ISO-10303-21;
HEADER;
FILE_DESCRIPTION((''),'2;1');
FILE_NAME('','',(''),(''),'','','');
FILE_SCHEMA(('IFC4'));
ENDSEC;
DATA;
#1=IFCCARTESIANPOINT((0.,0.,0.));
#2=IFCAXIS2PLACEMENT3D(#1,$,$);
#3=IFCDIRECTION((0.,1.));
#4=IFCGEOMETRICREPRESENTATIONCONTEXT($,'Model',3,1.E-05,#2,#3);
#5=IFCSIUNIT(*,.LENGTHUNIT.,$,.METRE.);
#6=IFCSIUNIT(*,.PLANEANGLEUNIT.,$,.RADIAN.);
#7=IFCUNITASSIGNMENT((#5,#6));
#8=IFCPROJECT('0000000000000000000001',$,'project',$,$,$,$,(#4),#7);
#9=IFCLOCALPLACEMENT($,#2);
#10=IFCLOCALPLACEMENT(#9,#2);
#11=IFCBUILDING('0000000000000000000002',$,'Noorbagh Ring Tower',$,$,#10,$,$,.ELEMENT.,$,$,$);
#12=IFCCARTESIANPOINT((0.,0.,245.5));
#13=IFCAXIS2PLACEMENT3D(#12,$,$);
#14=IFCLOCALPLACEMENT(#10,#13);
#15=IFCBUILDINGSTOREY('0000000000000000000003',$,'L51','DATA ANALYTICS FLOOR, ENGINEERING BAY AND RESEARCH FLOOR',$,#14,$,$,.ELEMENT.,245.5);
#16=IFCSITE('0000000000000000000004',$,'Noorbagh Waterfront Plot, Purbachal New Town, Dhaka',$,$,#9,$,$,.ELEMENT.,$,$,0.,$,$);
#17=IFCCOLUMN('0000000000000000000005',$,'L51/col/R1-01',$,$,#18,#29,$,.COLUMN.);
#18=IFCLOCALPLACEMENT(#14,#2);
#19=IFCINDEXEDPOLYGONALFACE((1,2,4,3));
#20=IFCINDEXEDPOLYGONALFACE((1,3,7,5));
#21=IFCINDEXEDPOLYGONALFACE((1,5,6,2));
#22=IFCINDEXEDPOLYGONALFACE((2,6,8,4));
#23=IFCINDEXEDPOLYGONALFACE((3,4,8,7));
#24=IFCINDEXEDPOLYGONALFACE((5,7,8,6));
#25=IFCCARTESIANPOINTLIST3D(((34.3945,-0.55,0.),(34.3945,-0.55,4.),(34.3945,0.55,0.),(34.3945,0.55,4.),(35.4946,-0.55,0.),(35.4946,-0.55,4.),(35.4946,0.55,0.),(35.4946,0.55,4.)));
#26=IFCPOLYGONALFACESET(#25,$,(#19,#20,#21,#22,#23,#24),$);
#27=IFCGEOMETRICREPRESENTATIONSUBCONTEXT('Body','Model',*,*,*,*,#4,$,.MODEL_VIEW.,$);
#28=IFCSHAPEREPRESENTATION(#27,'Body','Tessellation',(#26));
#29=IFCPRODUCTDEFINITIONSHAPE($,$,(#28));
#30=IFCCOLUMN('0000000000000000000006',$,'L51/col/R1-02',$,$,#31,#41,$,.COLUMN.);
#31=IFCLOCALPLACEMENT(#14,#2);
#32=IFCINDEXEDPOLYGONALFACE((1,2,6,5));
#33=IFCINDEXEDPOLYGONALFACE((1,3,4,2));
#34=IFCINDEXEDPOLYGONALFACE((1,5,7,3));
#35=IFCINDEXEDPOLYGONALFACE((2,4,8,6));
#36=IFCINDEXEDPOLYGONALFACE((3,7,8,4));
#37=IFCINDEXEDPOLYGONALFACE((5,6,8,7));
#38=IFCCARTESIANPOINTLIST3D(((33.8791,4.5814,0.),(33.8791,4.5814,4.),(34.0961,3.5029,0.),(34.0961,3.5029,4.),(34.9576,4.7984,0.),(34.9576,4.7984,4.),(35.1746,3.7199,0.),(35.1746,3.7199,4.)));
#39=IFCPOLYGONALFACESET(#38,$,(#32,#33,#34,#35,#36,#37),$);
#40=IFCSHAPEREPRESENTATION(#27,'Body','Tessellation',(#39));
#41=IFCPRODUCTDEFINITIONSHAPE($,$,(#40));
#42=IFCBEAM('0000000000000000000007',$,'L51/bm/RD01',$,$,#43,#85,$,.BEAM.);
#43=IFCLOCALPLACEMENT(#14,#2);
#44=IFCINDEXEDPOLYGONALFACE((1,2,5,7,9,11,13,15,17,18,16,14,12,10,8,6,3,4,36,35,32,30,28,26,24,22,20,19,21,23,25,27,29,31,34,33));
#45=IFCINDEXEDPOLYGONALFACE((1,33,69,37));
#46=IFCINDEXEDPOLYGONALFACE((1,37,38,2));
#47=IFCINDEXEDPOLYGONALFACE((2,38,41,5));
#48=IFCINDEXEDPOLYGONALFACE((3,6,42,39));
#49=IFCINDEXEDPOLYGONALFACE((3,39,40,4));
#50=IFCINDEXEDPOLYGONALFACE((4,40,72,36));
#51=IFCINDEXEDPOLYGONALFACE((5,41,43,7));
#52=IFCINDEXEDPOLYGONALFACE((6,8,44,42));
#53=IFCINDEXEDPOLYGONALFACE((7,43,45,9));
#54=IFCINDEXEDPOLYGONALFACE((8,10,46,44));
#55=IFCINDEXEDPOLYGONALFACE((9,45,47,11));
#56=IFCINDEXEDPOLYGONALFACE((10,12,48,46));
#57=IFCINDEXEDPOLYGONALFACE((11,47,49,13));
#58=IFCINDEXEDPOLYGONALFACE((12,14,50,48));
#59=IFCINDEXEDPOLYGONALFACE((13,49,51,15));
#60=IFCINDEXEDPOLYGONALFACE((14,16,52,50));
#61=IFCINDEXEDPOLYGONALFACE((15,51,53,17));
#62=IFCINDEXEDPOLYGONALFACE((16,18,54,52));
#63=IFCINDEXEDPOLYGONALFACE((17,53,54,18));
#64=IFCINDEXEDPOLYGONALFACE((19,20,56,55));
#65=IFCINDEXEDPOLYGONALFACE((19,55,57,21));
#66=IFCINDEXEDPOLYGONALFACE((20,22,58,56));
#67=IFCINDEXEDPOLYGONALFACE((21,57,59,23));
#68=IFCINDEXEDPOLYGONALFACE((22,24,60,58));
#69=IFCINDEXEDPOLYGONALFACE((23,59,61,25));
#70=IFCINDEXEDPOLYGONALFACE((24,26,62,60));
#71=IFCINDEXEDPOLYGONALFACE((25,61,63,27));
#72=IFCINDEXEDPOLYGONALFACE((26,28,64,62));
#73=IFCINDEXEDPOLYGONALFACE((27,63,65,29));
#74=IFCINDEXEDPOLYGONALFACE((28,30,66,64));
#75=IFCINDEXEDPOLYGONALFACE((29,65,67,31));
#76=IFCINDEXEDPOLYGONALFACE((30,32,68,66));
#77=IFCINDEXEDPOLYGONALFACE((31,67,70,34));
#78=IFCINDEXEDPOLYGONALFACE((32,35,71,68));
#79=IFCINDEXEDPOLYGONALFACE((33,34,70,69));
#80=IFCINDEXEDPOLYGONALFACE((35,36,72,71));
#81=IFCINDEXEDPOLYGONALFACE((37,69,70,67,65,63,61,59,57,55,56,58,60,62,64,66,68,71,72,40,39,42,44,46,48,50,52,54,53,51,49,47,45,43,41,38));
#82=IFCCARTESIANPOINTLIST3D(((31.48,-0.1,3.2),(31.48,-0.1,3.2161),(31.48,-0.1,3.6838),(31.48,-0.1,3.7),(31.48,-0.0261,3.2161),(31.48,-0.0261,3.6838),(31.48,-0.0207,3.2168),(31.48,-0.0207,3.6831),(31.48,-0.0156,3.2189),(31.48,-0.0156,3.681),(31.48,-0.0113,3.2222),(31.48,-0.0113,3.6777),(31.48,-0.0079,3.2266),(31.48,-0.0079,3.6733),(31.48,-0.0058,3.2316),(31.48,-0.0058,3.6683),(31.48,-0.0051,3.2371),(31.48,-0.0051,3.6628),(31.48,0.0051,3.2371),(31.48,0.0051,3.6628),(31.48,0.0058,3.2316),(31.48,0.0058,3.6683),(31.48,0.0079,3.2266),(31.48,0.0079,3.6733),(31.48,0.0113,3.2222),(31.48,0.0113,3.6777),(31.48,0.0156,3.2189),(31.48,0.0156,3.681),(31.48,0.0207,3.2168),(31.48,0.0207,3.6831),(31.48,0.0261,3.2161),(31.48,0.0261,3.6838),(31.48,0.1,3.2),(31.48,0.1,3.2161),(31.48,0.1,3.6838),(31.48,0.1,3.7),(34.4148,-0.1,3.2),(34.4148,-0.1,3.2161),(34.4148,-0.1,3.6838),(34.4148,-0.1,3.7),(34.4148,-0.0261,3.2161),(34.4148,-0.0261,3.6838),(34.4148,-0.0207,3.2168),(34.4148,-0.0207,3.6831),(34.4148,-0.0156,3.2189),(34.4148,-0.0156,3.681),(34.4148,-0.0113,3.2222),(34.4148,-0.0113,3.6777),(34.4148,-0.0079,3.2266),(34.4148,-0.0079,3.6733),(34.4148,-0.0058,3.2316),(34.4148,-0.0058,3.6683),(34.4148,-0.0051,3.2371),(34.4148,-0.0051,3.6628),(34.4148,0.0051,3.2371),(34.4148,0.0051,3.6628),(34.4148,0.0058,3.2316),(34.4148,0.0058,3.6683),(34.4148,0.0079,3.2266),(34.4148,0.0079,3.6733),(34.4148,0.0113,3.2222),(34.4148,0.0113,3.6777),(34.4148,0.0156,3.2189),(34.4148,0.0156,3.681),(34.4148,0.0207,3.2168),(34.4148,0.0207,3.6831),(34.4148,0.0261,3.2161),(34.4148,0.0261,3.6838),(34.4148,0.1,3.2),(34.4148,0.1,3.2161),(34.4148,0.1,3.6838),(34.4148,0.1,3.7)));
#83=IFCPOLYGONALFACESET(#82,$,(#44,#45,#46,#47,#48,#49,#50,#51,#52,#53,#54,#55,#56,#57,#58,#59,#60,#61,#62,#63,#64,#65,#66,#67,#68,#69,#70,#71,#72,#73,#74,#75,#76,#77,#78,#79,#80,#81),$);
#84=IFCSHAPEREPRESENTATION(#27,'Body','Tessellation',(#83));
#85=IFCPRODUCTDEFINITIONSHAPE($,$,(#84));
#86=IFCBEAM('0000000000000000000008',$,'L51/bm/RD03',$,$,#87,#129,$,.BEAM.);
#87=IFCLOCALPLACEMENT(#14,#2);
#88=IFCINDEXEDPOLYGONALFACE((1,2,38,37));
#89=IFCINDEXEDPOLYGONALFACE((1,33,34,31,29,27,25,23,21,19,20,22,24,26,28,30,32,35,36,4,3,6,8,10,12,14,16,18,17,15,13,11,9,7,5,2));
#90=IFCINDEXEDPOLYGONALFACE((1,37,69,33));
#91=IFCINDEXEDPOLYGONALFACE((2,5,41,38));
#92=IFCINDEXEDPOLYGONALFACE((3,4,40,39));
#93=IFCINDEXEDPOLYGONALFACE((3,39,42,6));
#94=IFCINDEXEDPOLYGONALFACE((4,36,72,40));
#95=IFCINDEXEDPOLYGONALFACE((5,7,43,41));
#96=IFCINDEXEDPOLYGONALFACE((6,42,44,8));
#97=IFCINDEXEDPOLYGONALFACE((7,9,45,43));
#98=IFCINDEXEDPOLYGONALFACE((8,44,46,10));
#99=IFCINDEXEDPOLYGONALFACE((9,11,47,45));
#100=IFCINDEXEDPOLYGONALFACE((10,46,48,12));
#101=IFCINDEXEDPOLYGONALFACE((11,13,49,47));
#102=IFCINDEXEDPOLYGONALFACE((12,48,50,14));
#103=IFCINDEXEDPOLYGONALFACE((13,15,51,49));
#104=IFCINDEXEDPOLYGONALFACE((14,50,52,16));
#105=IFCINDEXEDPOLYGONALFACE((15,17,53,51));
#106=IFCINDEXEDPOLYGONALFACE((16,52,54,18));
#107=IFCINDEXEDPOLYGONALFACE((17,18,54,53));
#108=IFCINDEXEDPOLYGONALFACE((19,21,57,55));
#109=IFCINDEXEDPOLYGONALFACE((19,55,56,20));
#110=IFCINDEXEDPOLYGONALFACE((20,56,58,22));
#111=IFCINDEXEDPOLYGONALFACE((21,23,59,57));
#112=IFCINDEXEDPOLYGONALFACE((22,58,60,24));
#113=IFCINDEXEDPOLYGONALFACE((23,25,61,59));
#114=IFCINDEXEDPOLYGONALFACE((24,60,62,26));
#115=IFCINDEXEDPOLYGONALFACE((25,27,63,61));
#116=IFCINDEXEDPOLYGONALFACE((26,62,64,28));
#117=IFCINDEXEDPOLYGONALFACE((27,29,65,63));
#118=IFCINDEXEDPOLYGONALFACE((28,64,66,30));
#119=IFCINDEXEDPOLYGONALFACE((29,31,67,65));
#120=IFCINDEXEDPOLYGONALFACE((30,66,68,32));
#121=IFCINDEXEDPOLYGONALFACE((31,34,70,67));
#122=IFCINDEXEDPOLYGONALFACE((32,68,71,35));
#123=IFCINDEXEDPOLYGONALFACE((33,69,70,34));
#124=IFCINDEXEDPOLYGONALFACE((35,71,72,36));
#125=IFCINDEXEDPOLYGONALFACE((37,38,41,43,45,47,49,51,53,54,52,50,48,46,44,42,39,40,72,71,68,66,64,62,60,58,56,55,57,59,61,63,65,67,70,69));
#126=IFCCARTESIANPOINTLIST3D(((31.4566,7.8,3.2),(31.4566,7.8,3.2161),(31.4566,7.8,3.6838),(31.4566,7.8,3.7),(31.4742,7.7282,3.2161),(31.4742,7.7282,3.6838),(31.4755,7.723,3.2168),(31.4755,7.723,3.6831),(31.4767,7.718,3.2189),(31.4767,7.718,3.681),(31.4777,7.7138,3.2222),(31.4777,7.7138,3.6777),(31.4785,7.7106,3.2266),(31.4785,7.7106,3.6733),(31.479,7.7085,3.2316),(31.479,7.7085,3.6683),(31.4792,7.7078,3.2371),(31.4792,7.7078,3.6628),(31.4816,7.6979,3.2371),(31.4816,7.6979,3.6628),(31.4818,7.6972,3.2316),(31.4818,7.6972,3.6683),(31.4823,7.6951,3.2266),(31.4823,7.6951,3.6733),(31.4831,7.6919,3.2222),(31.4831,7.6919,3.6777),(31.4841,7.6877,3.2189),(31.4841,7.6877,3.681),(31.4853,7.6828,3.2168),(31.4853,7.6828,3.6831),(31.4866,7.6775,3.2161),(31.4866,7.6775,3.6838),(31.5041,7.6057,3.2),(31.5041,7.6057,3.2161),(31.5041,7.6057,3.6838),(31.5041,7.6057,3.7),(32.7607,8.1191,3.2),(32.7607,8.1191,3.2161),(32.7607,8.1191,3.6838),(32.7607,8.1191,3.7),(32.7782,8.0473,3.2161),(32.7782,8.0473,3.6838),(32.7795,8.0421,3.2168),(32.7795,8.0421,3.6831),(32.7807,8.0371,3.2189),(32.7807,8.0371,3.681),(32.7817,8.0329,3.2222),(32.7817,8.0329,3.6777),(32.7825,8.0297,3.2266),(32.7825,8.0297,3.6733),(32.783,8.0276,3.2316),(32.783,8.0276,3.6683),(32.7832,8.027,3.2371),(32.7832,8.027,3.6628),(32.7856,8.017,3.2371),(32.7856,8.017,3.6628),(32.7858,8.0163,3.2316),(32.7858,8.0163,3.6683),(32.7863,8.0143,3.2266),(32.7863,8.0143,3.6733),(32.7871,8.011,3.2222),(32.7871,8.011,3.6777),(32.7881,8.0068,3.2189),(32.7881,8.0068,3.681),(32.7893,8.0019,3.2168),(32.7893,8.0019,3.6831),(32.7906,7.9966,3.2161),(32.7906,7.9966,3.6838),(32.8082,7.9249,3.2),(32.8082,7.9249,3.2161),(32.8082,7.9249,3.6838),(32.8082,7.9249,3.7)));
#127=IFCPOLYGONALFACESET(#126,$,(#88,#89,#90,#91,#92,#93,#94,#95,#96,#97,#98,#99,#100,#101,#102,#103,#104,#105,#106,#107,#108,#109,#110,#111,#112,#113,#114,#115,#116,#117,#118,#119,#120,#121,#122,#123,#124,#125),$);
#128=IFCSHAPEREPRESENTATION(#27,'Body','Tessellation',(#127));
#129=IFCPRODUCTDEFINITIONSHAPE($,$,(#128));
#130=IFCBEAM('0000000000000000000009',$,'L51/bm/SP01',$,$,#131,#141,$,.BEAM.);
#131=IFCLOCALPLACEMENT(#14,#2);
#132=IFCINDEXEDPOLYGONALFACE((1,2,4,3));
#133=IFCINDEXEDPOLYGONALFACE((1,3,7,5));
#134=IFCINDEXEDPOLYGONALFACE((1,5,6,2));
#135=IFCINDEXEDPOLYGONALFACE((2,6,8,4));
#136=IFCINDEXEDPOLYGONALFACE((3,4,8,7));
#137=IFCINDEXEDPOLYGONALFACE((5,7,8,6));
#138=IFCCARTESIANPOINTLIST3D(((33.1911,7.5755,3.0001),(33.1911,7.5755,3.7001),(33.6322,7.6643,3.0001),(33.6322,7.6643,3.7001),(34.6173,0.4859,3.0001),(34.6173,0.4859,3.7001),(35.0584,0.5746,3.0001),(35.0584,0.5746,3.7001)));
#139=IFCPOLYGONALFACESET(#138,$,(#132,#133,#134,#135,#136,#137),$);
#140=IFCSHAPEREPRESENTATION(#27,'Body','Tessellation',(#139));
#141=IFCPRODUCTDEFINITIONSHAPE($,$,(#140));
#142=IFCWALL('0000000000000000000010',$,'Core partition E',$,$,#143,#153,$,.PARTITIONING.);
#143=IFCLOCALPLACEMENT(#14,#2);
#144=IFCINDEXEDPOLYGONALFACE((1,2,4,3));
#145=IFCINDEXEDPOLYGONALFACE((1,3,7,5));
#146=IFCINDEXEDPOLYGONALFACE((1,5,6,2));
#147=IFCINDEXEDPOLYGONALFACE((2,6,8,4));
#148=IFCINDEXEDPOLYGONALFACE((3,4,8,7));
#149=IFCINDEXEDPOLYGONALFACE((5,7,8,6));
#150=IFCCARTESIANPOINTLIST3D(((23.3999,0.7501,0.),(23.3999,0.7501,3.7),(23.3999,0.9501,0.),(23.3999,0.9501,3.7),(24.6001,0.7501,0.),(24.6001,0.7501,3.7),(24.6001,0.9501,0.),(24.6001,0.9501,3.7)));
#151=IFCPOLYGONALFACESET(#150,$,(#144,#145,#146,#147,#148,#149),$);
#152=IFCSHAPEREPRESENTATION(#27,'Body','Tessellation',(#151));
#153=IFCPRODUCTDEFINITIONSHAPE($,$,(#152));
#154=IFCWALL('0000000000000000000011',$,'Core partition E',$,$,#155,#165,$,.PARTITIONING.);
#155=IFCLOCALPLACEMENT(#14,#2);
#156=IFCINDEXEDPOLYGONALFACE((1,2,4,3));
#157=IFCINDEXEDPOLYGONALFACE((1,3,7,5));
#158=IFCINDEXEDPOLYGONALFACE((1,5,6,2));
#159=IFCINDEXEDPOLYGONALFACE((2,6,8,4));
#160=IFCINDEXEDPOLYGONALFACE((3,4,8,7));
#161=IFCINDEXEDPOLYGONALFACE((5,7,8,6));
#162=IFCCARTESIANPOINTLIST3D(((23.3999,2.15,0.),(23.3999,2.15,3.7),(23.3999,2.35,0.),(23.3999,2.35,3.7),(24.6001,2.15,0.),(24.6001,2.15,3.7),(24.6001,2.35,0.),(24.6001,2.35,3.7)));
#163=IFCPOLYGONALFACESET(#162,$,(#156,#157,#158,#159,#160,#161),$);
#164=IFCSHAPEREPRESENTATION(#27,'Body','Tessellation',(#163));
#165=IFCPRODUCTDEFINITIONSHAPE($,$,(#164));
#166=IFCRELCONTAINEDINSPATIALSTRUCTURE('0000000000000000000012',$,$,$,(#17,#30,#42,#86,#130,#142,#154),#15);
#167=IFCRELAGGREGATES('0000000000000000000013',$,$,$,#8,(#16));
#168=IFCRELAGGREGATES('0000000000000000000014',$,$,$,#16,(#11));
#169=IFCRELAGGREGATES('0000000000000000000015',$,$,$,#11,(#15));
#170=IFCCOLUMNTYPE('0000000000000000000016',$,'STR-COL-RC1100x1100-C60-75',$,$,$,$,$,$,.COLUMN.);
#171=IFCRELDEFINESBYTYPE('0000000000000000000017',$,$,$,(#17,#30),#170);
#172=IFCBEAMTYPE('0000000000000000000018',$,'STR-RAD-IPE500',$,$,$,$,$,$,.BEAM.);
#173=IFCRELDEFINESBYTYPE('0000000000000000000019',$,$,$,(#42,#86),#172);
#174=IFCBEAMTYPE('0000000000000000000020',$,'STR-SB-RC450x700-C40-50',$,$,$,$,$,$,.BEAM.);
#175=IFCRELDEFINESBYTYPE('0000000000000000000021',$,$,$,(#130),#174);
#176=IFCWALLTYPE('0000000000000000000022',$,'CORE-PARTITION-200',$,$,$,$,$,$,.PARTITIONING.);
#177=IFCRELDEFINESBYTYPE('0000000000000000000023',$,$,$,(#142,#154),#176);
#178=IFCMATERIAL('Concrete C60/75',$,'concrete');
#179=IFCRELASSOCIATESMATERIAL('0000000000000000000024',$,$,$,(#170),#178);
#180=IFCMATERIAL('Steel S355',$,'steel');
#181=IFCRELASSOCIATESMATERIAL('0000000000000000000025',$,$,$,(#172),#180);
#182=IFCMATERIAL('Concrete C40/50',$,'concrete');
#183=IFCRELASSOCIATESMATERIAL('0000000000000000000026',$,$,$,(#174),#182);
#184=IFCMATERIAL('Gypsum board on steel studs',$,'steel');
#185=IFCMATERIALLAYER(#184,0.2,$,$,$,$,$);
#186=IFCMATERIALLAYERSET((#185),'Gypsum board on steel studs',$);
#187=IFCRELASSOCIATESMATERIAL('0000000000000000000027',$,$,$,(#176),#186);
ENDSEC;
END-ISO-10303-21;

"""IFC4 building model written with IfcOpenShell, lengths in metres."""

from ifc_helpers import new_model, si_unit, direction, frame, frame_2d, origin, origin_2d, place, context, subcontext, project, spatial, rectangle, i_section, extrude, material, layer, layer_set, material_profile, profile_set, type_object, element, save


model = new_model("IFC4")

# Units and contexts
model_context = context("Model", 3, precision=1e-05, world=origin(), true_north=direction((0.0, 1.0)))
body_context = subcontext(model_context, "Body", "Model", "MODEL_VIEW")
ifc_project = project(units=[si_unit("LENGTHUNIT", "METRE"), si_unit("PLANEANGLEUNIT", "RADIAN")], contexts=[model_context])

# Site, building, storey
site_placement = place(None, origin())
site = spatial("IfcSite", under=ifc_project, at=site_placement, Name="Noorbagh Waterfront Plot, Purbachal New Town, Dhaka", CompositionType="ELEMENT", RefElevation=0.0)
building_placement = place(site_placement, origin())
building = spatial("IfcBuilding", under=site, at=building_placement, Name="Noorbagh Ring Tower", CompositionType="ELEMENT")
storey_placement = place(building_placement, frame((0.0, 0.0, 245.5)))
storey = spatial("IfcBuildingStorey", under=building, at=storey_placement, Name="L51", Description="DATA ANALYTICS FLOOR, ENGINEERING BAY AND RESEARCH FLOOR", CompositionType="ELEMENT", Elevation=245.5)

# Columns
ifc_material_1 = material(Name="Concrete C60/75", Category="concrete")
ifc_material_profile_1 = material_profile(ifc_material_1, rectangle(XDim=1.1001, YDim=1.1001, at=origin_2d()), Name="RC1100x1100")
ifc_profile_set_1 = profile_set([ifc_material_profile_1], Name="Concrete C60/75")
column_type = type_object("IfcColumnType", Name="STR-COL-RC1100x1100-C60-75", PredefinedType="COLUMN", material=ifc_profile_set_1)
for number, where, z_axis, x_axis, name in (
    (1, (34.9446, 0.0, 0.0), (0.0, 0.0, 1.0), (0.0, 1.0, 0.0), "L51/col/R1-01"),
    (2, (34.5269, 4.1506, 0.0), (0.0, 0.0, 1.0), (-0.19723, 0.980357, 0.0), "L51/col/R1-02"),
):
    element("IfcColumn", number, at=place(storey_placement, frame(where, z_axis=z_axis, x_axis=x_axis)), inside=storey, type_object=column_type, Name=name, PredefinedType="COLUMN", context=body_context, shape_type="SweptSolid", body=[
        extrude(rectangle(XDim=1.1001, YDim=1.1001, at=origin_2d()), origin(), (0.0, 0.0, 1.0), 4.0),
    ])

# Beams
ifc_material_2 = material(Name="Steel S355", Category="steel")
ifc_material_profile_2 = material_profile(ifc_material_2, i_section(OverallWidth=0.2, OverallDepth=0.5, WebThickness=0.0103, FlangeThickness=0.0161, FilletRadius=0.021, at=origin_2d()), Name="IPE500")
ifc_profile_set_2 = profile_set([ifc_material_profile_2], Name="Steel S355")
beam_type_1 = type_object("IfcBeamType", Name="STR-RAD-IPE500", PredefinedType="BEAM", material=ifc_profile_set_2)
beam_1_placement = place(storey_placement, frame((34.4148, 0.0, 3.45), z_axis=(-1.0, 0.0, 0.0), x_axis=(0.0, -1.0, 0.0)))
element("IfcBeam", 3, at=beam_1_placement, inside=storey, type_object=beam_type_1, Name="L51/bm/RD01", PredefinedType="BEAM", context=body_context, shape_type="SweptSolid", body=[
    extrude(i_section(OverallWidth=0.2, OverallDepth=0.5, WebThickness=0.0103, FlangeThickness=0.0161, FilletRadius=0.021, at=origin_2d()), origin(), (0.0, 0.0, 1.0), 2.9348),
])
beam_2_placement = place(storey_placement, frame((32.7844, 8.022, 3.45), z_axis=(-0.971339, -0.237697, 0.0), x_axis=(0.237697, -0.971339, 0.0)))
element("IfcBeam", 4, at=beam_2_placement, inside=storey, type_object=beam_type_1, Name="L51/bm/RD03", PredefinedType="BEAM", context=body_context, shape_type="SweptSolid", body=[
    extrude(i_section(OverallWidth=0.2, OverallDepth=0.5, WebThickness=0.0103, FlangeThickness=0.0161, FilletRadius=0.021, at=origin_2d()), origin(), (0.0, 0.0, 1.0), 1.3425),
])
ifc_material_3 = material(Name="Concrete C40/50", Category="concrete")
ifc_material_profile_3 = material_profile(ifc_material_3, rectangle(XDim=0.45, YDim=0.7, at=origin_2d()), Name="RC450x700")
ifc_profile_set_3 = profile_set([ifc_material_profile_3], Name="Concrete C40/50")
beam_type_2 = type_object("IfcBeamType", Name="STR-SB-RC450x700-C40-50", PredefinedType="BEAM", material=ifc_profile_set_3)
beam_3_placement = place(storey_placement, frame((34.8379, 0.5303, 3.3501), z_axis=(-0.197226, 0.980358, 0.0), x_axis=(-0.980358, -0.197226, 0.0)))
element("IfcBeam", 5, at=beam_3_placement, inside=storey, type_object=beam_type_2, Name="L51/bm/SP01", PredefinedType="BEAM", context=body_context, shape_type="SweptSolid", body=[
    extrude(rectangle(XDim=0.45, YDim=0.7, at=origin_2d()), origin(), (0.0, 0.0, 1.0), 7.2317),
])

# Walls
ifc_material_4 = material(Name="Gypsum board on steel studs", Category="steel")
ifc_layer_1 = layer(ifc_material_4, 0.2)
ifc_layer_set_1 = layer_set([ifc_layer_1], Name="Gypsum board on steel studs")
wall_type_1 = type_object("IfcWallType", Name="CORE-PARTITION-200", PredefinedType="PARTITIONING", material=ifc_layer_set_1)
for number, where, z_axis, x_axis, name in (
    (6, (23.3999, 0.8501, 0.0), (0.0, 0.0, 1.0), (1.0, 0.0, 0.0), "Core partition E"),
    (7, (23.3999, 2.25, 0.0), (0.0, 0.0, 1.0), (1.0, 0.0, 0.0), "Core partition E"),
):
    element("IfcWall", number, at=place(storey_placement, frame(where, z_axis=z_axis, x_axis=x_axis)), inside=storey, type_object=wall_type_1, Name=name, PredefinedType="PARTITIONING", context=body_context, shape_type="SweptSolid", body=[
        extrude(rectangle(XDim=1.2002, YDim=0.2, at=frame_2d((0.6001, 0.0))), origin(), (0.0, 0.0, 1.0), 3.7),
    ])

save(model, "model.ifc")
